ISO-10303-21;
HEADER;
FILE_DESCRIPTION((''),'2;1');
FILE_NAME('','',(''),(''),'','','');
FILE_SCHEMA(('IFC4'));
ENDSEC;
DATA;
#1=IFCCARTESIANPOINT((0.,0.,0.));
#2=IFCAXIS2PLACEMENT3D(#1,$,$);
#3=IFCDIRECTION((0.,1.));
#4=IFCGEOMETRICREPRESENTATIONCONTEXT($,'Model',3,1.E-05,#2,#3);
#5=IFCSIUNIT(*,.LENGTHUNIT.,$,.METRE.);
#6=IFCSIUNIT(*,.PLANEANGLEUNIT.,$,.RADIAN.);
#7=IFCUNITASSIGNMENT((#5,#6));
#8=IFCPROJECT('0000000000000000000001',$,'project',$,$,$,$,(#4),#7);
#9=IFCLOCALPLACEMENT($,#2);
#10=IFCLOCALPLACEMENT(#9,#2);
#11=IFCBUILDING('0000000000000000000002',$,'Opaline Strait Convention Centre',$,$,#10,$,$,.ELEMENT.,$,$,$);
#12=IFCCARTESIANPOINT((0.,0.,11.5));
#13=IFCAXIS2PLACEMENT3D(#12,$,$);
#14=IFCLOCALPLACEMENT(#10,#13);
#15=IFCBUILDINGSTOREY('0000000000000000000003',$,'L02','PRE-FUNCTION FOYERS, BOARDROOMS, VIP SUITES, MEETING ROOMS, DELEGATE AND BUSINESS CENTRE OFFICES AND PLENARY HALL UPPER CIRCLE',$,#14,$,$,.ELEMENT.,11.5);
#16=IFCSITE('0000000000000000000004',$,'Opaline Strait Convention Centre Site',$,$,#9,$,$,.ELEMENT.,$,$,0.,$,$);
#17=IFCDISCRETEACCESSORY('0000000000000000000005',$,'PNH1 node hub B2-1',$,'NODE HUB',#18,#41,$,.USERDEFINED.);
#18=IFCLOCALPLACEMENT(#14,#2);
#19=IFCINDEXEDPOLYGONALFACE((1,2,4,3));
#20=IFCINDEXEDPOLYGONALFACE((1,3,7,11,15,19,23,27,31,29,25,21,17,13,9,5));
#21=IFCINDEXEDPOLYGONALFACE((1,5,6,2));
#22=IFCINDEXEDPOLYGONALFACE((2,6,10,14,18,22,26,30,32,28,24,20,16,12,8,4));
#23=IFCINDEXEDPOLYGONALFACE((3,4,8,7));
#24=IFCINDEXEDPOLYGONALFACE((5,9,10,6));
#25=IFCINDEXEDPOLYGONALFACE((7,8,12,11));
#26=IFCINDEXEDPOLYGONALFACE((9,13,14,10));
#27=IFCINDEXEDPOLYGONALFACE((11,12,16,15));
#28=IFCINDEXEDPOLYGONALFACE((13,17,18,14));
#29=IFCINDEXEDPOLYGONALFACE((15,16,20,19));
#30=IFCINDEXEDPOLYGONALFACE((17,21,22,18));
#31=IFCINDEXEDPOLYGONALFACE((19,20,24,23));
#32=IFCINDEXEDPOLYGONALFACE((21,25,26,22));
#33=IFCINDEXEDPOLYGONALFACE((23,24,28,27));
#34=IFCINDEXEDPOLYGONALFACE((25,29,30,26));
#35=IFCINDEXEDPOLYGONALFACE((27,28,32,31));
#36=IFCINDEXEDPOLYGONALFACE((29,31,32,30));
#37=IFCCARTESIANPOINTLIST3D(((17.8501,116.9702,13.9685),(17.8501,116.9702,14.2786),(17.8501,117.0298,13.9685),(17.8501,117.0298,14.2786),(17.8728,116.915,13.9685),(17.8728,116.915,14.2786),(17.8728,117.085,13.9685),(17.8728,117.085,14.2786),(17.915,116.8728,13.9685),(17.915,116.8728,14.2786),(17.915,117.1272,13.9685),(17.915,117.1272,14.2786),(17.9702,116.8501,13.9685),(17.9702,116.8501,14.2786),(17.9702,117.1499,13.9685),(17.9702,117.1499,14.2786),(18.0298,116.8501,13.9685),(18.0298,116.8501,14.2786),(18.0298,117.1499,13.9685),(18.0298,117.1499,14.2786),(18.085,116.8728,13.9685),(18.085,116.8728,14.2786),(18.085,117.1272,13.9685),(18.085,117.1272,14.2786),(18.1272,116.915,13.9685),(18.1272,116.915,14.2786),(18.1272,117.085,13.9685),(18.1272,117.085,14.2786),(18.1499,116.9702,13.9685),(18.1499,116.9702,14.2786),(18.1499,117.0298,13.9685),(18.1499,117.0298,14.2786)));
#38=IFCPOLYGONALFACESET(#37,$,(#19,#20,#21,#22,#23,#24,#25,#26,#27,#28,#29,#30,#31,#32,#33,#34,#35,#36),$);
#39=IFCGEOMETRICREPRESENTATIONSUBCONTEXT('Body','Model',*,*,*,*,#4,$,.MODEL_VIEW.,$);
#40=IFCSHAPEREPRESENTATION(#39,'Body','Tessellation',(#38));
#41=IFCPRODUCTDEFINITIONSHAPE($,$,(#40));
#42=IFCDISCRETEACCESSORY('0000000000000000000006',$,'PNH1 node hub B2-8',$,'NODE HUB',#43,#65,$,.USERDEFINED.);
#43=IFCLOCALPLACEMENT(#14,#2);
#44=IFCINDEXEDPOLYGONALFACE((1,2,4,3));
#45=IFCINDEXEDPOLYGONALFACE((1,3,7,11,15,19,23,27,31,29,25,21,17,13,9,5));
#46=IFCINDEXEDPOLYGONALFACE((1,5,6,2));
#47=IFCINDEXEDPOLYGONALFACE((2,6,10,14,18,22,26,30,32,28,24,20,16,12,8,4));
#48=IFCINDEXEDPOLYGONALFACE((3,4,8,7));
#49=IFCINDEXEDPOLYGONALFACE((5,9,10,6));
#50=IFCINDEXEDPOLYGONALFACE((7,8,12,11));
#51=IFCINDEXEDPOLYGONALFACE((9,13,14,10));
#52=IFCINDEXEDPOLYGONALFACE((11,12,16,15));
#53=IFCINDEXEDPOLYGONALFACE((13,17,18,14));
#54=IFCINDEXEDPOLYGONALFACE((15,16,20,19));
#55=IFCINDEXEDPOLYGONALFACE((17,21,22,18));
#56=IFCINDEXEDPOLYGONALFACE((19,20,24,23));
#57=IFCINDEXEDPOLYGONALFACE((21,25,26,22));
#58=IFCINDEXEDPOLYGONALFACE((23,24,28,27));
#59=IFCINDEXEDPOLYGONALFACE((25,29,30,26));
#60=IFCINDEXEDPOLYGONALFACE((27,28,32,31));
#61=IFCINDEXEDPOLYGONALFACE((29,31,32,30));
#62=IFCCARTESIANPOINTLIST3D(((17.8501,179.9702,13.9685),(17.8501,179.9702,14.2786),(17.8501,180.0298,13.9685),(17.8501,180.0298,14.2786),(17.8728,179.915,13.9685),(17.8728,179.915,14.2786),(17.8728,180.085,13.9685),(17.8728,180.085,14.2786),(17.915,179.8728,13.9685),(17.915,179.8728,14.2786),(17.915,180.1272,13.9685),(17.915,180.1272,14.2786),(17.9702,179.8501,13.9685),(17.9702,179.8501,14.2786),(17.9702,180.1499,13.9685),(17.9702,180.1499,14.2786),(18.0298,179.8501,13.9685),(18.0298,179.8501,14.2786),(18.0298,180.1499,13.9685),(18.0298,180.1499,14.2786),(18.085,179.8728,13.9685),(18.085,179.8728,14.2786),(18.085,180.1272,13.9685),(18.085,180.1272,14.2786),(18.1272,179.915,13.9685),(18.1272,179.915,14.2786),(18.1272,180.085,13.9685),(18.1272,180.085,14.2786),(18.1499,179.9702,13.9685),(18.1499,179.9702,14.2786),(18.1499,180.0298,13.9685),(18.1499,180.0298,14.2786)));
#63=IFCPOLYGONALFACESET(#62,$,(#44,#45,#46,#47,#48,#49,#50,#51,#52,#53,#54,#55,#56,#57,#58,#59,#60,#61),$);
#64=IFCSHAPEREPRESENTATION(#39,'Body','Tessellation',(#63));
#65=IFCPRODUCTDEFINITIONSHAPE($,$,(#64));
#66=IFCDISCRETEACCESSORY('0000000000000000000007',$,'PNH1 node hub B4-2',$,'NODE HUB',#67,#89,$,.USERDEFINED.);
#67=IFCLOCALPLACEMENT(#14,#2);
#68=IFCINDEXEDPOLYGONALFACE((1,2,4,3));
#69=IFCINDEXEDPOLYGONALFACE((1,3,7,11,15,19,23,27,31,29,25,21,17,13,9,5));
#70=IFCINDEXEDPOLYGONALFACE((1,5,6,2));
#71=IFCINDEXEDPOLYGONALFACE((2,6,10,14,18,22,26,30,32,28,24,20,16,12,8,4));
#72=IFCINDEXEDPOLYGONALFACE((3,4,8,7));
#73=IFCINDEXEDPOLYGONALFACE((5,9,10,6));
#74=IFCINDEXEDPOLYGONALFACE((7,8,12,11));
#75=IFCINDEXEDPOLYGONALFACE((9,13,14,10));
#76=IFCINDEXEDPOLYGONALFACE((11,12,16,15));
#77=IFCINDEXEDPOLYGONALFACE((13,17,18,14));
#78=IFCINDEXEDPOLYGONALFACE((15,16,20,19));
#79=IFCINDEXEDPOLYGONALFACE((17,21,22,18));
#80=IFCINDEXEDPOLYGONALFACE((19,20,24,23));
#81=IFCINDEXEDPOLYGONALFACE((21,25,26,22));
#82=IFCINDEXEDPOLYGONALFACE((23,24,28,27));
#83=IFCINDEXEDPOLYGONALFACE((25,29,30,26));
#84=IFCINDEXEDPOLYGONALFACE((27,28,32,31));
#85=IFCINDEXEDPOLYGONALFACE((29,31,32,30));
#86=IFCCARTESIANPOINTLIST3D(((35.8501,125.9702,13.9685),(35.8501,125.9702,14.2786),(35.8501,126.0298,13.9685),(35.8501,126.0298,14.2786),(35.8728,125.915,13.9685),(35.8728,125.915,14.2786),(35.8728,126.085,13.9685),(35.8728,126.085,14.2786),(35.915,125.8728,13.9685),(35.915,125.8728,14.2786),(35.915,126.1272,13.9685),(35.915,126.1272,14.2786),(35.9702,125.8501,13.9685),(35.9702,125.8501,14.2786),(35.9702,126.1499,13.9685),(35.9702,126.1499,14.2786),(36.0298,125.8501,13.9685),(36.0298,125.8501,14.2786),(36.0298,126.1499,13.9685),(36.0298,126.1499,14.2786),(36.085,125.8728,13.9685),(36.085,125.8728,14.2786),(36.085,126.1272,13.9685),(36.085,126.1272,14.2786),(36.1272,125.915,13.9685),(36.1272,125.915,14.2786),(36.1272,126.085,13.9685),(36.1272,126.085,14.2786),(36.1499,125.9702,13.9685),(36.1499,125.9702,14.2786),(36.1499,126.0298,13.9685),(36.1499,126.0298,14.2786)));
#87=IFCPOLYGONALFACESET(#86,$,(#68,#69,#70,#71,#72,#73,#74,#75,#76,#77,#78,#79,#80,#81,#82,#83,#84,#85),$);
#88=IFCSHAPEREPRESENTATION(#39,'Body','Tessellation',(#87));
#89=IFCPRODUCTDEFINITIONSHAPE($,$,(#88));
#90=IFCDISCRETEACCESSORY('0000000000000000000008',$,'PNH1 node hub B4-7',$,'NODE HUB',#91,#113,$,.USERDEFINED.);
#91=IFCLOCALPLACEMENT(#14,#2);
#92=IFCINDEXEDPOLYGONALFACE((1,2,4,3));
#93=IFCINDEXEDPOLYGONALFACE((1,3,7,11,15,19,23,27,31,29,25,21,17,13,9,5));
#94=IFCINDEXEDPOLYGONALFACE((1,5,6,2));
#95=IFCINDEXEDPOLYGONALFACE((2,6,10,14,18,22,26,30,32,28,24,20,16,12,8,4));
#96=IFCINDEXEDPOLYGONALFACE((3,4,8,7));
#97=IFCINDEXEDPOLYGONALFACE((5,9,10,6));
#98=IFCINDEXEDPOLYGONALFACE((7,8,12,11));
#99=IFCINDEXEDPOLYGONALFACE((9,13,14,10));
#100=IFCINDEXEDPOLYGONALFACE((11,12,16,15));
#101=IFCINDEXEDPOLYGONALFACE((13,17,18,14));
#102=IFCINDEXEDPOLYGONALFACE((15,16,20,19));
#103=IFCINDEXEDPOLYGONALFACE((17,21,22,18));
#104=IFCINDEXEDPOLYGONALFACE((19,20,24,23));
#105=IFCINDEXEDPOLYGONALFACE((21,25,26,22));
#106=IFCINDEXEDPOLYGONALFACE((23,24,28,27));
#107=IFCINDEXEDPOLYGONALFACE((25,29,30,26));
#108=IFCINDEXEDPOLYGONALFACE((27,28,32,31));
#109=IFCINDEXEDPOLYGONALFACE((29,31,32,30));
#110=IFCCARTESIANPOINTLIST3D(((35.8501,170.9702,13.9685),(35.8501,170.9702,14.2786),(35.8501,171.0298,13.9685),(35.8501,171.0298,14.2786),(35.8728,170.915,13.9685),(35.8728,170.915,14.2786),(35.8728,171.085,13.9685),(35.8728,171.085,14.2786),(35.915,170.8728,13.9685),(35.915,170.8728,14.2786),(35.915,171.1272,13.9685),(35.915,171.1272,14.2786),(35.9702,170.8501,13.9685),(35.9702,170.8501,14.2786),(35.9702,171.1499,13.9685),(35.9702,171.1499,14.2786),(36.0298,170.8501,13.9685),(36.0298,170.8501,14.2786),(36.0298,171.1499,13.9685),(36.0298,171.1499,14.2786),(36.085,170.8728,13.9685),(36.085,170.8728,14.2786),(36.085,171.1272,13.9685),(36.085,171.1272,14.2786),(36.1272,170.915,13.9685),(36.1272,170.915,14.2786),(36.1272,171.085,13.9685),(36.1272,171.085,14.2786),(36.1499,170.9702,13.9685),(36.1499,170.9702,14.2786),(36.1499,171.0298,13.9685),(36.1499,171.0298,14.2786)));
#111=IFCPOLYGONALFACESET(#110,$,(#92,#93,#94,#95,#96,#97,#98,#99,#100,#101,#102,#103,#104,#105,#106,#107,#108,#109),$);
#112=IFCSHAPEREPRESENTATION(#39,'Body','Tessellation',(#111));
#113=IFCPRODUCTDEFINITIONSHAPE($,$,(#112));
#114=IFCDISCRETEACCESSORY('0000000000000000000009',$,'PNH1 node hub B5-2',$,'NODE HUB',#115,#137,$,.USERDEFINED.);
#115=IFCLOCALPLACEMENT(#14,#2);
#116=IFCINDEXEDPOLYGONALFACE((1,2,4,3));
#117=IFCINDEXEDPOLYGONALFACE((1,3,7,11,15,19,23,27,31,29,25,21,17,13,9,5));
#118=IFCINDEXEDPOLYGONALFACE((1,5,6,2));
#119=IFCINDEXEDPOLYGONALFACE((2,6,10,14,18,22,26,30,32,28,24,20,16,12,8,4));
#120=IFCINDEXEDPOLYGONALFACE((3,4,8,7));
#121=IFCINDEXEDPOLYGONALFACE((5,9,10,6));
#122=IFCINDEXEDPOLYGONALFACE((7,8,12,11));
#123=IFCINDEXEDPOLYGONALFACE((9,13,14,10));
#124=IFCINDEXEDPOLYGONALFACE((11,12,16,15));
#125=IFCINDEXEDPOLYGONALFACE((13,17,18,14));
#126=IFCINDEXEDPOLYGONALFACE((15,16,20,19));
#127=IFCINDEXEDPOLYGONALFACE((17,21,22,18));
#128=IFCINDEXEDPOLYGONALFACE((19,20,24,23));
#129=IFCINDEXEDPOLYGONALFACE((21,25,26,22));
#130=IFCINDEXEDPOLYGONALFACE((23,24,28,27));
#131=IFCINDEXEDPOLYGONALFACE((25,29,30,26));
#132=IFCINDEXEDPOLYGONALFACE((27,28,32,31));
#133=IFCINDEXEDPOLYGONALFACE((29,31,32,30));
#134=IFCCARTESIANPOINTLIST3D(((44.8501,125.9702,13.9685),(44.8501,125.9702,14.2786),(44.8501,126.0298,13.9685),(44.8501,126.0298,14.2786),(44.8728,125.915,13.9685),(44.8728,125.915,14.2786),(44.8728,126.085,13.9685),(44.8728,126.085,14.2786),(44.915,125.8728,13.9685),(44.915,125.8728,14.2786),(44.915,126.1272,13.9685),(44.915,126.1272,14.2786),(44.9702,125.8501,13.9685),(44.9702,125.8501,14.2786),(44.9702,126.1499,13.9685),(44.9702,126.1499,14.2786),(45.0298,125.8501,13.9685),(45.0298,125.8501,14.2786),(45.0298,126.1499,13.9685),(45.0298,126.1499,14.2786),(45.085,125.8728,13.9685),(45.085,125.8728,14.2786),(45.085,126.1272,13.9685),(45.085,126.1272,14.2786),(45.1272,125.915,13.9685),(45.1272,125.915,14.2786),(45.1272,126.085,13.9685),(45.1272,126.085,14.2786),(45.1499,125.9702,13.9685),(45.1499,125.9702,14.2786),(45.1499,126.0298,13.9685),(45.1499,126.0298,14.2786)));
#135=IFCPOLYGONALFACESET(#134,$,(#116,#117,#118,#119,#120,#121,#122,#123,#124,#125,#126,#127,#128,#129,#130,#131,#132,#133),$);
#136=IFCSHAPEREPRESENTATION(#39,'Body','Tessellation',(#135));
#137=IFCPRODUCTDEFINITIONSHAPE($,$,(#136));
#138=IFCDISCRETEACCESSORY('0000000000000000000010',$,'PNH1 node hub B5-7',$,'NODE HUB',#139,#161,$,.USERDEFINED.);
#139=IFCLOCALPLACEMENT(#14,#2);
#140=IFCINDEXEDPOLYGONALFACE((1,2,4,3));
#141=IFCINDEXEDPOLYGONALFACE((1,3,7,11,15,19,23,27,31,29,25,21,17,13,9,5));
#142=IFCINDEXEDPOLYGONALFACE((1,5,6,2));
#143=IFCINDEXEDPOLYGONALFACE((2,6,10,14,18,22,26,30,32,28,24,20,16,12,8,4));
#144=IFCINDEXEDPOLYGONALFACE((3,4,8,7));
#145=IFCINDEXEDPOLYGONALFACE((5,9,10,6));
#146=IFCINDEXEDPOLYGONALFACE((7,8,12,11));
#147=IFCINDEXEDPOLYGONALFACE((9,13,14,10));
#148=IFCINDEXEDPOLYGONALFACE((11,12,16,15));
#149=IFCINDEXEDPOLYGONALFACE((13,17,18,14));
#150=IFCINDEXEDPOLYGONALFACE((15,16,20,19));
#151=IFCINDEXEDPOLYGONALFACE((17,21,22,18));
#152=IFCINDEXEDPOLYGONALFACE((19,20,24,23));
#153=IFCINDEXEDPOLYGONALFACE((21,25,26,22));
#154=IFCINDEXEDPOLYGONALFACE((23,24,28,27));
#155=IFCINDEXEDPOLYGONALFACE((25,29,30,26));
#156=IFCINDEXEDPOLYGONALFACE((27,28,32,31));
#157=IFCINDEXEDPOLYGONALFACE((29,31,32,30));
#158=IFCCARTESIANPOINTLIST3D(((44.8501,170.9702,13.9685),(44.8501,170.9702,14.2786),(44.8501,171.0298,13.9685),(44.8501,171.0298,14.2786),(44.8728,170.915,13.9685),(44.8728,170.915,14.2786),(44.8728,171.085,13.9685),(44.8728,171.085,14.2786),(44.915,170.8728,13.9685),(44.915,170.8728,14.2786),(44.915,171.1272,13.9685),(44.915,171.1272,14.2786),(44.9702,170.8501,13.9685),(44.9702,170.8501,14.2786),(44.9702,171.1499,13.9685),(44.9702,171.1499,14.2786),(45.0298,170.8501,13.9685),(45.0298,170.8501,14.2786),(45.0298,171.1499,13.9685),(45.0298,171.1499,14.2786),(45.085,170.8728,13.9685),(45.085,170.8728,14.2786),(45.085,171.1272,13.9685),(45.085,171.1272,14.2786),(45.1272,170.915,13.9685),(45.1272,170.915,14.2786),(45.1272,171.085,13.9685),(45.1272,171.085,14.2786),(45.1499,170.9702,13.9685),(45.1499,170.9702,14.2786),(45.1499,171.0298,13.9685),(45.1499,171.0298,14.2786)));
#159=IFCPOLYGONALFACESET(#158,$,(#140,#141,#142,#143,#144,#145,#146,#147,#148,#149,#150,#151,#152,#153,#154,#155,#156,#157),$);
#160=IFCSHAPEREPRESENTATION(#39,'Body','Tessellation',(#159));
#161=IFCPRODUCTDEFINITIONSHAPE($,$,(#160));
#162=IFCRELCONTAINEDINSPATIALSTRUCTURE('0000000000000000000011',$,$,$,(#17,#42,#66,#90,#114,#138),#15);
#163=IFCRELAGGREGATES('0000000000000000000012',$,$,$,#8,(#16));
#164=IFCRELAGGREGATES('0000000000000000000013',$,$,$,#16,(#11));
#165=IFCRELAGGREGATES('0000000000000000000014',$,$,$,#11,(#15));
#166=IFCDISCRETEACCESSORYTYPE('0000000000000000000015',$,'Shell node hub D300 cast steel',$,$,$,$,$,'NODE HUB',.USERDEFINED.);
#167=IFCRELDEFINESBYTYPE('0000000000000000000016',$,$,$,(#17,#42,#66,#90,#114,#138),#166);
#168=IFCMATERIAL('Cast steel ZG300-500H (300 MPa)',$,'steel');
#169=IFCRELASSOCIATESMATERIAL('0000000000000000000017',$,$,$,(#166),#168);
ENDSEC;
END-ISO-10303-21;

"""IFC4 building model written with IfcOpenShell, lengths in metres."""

from ifc_helpers import new_model, si_unit, direction, frame, origin, place, context, subcontext, project, spatial, polyline, outline, extrude, material, type_object, element, save


model = new_model("IFC4")

# Units and contexts
model_context = context("Model", 3, precision=1e-05, world=origin(), true_north=direction((0.0, 1.0)))
body_context = subcontext(model_context, "Body", "Model", "MODEL_VIEW")
ifc_project = project(units=[si_unit("LENGTHUNIT", "METRE"), si_unit("PLANEANGLEUNIT", "RADIAN")], contexts=[model_context])

# Site, building, storey
site_placement = place(None, origin())
site = spatial("IfcSite", under=ifc_project, at=site_placement, Name="Opaline Strait Convention Centre Site", CompositionType="ELEMENT", RefElevation=0.0)
building_placement = place(site_placement, origin())
building = spatial("IfcBuilding", under=site, at=building_placement, Name="Opaline Strait Convention Centre", CompositionType="ELEMENT")
storey_placement = place(building_placement, frame((0.0, 0.0, 11.5)))
storey = spatial("IfcBuildingStorey", under=building, at=storey_placement, Name="L02", Description="PRE-FUNCTION FOYERS, BOARDROOMS, VIP SUITES, MEETING ROOMS, DELEGATE AND BUSINESS CENTRE OFFICES AND PLENARY HALL UPPER CIRCLE", CompositionType="ELEMENT", Elevation=11.5)

# Discrete accessories
ifc_material = material(Name="Cast steel ZG300-500H (300 MPa)", Category="steel")
discrete_accessory_type_1 = type_object("IfcDiscreteAccessoryType", Name="Shell node hub D300 cast steel", ElementType="NODE HUB", PredefinedType="USERDEFINED", material=ifc_material)
discrete_accessory_1_placement = place(storey_placement, frame((0.0, 0.0, 13.9685)))
element("IfcDiscreteAccessory", 1, at=discrete_accessory_1_placement, inside=storey, type_object=discrete_accessory_type_1, Name="PNH1 node hub B2-1", ObjectType="NODE HUB", PredefinedType="USERDEFINED", context=body_context, shape_type="SweptSolid", body=[
    extrude(outline(polyline([(18.1499, 117.0298), (18.1272, 117.085), (18.085, 117.1272), (18.0298, 117.1499), (17.9702, 117.1499), (17.915, 117.1272), (17.8728, 117.085), (17.8501, 117.0298), (17.8501, 116.9702), (17.8728, 116.915), (17.915, 116.8728), (17.9702, 116.8501), (18.0298, 116.8501), (18.085, 116.8728), (18.1272, 116.915), (18.1499, 116.9702), (18.1499, 117.0298)])), origin(), (0.0, 0.0, 1.0), 0.3101),
])
discrete_accessory_2_placement = place(storey_placement, frame((0.0, 0.0, 13.9685)))
element("IfcDiscreteAccessory", 2, at=discrete_accessory_2_placement, inside=storey, type_object=discrete_accessory_type_1, Name="PNH1 node hub B2-8", ObjectType="NODE HUB", PredefinedType="USERDEFINED", context=body_context, shape_type="SweptSolid", body=[
    extrude(outline(polyline([(18.1499, 180.0298), (18.1272, 180.085), (18.085, 180.1272), (18.0298, 180.1499), (17.9702, 180.1499), (17.915, 180.1272), (17.8728, 180.085), (17.8501, 180.0298), (17.8501, 179.9702), (17.8728, 179.915), (17.915, 179.8728), (17.9702, 179.8501), (18.0298, 179.8501), (18.085, 179.8728), (18.1272, 179.915), (18.1499, 179.9702), (18.1499, 180.0298)])), origin(), (0.0, 0.0, 1.0), 0.3101),
])
discrete_accessory_3_placement = place(storey_placement, frame((0.0, 0.0, 13.9685)))
element("IfcDiscreteAccessory", 3, at=discrete_accessory_3_placement, inside=storey, type_object=discrete_accessory_type_1, Name="PNH1 node hub B4-2", ObjectType="NODE HUB", PredefinedType="USERDEFINED", context=body_context, shape_type="SweptSolid", body=[
    extrude(outline(polyline([(36.1499, 126.0298), (36.1272, 126.085), (36.085, 126.1272), (36.0298, 126.1499), (35.9702, 126.1499), (35.915, 126.1272), (35.8728, 126.085), (35.8501, 126.0298), (35.8501, 125.9702), (35.8728, 125.915), (35.915, 125.8728), (35.9702, 125.8501), (36.0298, 125.8501), (36.085, 125.8728), (36.1272, 125.915), (36.1499, 125.9702), (36.1499, 126.0298)])), origin(), (0.0, 0.0, 1.0), 0.3101),
])
discrete_accessory_4_placement = place(storey_placement, frame((0.0, 0.0, 13.9685)))
element("IfcDiscreteAccessory", 4, at=discrete_accessory_4_placement, inside=storey, type_object=discrete_accessory_type_1, Name="PNH1 node hub B4-7", ObjectType="NODE HUB", PredefinedType="USERDEFINED", context=body_context, shape_type="SweptSolid", body=[
    extrude(outline(polyline([(36.1499, 171.0298), (36.1272, 171.085), (36.085, 171.1272), (36.0298, 171.1499), (35.9702, 171.1499), (35.915, 171.1272), (35.8728, 171.085), (35.8501, 171.0298), (35.8501, 170.9702), (35.8728, 170.915), (35.915, 170.8728), (35.9702, 170.8501), (36.0298, 170.8501), (36.085, 170.8728), (36.1272, 170.915), (36.1499, 170.9702), (36.1499, 171.0298)])), origin(), (0.0, 0.0, 1.0), 0.3101),
])
discrete_accessory_5_placement = place(storey_placement, frame((0.0, 0.0, 13.9685)))
element("IfcDiscreteAccessory", 5, at=discrete_accessory_5_placement, inside=storey, type_object=discrete_accessory_type_1, Name="PNH1 node hub B5-2", ObjectType="NODE HUB", PredefinedType="USERDEFINED", context=body_context, shape_type="SweptSolid", body=[
    extrude(outline(polyline([(45.1499, 126.0298), (45.1272, 126.085), (45.085, 126.1272), (45.0298, 126.1499), (44.9702, 126.1499), (44.915, 126.1272), (44.8728, 126.085), (44.8501, 126.0298), (44.8501, 125.9702), (44.8728, 125.915), (44.915, 125.8728), (44.9702, 125.8501), (45.0298, 125.8501), (45.085, 125.8728), (45.1272, 125.915), (45.1499, 125.9702), (45.1499, 126.0298)])), origin(), (0.0, 0.0, 1.0), 0.3101),
])
discrete_accessory_6_placement = place(storey_placement, frame((0.0, 0.0, 13.9685)))
element("IfcDiscreteAccessory", 6, at=discrete_accessory_6_placement, inside=storey, type_object=discrete_accessory_type_1, Name="PNH1 node hub B5-7", ObjectType="NODE HUB", PredefinedType="USERDEFINED", context=body_context, shape_type="SweptSolid", body=[
    extrude(outline(polyline([(45.1499, 171.0298), (45.1272, 171.085), (45.085, 171.1272), (45.0298, 171.1499), (44.9702, 171.1499), (44.915, 171.1272), (44.8728, 171.085), (44.8501, 171.0298), (44.8501, 170.9702), (44.8728, 170.915), (44.915, 170.8728), (44.9702, 170.8501), (45.0298, 170.8501), (45.085, 170.8728), (45.1272, 170.915), (45.1499, 170.9702), (45.1499, 171.0298)])), origin(), (0.0, 0.0, 1.0), 0.3101),
])

save(model, "model.ifc")
